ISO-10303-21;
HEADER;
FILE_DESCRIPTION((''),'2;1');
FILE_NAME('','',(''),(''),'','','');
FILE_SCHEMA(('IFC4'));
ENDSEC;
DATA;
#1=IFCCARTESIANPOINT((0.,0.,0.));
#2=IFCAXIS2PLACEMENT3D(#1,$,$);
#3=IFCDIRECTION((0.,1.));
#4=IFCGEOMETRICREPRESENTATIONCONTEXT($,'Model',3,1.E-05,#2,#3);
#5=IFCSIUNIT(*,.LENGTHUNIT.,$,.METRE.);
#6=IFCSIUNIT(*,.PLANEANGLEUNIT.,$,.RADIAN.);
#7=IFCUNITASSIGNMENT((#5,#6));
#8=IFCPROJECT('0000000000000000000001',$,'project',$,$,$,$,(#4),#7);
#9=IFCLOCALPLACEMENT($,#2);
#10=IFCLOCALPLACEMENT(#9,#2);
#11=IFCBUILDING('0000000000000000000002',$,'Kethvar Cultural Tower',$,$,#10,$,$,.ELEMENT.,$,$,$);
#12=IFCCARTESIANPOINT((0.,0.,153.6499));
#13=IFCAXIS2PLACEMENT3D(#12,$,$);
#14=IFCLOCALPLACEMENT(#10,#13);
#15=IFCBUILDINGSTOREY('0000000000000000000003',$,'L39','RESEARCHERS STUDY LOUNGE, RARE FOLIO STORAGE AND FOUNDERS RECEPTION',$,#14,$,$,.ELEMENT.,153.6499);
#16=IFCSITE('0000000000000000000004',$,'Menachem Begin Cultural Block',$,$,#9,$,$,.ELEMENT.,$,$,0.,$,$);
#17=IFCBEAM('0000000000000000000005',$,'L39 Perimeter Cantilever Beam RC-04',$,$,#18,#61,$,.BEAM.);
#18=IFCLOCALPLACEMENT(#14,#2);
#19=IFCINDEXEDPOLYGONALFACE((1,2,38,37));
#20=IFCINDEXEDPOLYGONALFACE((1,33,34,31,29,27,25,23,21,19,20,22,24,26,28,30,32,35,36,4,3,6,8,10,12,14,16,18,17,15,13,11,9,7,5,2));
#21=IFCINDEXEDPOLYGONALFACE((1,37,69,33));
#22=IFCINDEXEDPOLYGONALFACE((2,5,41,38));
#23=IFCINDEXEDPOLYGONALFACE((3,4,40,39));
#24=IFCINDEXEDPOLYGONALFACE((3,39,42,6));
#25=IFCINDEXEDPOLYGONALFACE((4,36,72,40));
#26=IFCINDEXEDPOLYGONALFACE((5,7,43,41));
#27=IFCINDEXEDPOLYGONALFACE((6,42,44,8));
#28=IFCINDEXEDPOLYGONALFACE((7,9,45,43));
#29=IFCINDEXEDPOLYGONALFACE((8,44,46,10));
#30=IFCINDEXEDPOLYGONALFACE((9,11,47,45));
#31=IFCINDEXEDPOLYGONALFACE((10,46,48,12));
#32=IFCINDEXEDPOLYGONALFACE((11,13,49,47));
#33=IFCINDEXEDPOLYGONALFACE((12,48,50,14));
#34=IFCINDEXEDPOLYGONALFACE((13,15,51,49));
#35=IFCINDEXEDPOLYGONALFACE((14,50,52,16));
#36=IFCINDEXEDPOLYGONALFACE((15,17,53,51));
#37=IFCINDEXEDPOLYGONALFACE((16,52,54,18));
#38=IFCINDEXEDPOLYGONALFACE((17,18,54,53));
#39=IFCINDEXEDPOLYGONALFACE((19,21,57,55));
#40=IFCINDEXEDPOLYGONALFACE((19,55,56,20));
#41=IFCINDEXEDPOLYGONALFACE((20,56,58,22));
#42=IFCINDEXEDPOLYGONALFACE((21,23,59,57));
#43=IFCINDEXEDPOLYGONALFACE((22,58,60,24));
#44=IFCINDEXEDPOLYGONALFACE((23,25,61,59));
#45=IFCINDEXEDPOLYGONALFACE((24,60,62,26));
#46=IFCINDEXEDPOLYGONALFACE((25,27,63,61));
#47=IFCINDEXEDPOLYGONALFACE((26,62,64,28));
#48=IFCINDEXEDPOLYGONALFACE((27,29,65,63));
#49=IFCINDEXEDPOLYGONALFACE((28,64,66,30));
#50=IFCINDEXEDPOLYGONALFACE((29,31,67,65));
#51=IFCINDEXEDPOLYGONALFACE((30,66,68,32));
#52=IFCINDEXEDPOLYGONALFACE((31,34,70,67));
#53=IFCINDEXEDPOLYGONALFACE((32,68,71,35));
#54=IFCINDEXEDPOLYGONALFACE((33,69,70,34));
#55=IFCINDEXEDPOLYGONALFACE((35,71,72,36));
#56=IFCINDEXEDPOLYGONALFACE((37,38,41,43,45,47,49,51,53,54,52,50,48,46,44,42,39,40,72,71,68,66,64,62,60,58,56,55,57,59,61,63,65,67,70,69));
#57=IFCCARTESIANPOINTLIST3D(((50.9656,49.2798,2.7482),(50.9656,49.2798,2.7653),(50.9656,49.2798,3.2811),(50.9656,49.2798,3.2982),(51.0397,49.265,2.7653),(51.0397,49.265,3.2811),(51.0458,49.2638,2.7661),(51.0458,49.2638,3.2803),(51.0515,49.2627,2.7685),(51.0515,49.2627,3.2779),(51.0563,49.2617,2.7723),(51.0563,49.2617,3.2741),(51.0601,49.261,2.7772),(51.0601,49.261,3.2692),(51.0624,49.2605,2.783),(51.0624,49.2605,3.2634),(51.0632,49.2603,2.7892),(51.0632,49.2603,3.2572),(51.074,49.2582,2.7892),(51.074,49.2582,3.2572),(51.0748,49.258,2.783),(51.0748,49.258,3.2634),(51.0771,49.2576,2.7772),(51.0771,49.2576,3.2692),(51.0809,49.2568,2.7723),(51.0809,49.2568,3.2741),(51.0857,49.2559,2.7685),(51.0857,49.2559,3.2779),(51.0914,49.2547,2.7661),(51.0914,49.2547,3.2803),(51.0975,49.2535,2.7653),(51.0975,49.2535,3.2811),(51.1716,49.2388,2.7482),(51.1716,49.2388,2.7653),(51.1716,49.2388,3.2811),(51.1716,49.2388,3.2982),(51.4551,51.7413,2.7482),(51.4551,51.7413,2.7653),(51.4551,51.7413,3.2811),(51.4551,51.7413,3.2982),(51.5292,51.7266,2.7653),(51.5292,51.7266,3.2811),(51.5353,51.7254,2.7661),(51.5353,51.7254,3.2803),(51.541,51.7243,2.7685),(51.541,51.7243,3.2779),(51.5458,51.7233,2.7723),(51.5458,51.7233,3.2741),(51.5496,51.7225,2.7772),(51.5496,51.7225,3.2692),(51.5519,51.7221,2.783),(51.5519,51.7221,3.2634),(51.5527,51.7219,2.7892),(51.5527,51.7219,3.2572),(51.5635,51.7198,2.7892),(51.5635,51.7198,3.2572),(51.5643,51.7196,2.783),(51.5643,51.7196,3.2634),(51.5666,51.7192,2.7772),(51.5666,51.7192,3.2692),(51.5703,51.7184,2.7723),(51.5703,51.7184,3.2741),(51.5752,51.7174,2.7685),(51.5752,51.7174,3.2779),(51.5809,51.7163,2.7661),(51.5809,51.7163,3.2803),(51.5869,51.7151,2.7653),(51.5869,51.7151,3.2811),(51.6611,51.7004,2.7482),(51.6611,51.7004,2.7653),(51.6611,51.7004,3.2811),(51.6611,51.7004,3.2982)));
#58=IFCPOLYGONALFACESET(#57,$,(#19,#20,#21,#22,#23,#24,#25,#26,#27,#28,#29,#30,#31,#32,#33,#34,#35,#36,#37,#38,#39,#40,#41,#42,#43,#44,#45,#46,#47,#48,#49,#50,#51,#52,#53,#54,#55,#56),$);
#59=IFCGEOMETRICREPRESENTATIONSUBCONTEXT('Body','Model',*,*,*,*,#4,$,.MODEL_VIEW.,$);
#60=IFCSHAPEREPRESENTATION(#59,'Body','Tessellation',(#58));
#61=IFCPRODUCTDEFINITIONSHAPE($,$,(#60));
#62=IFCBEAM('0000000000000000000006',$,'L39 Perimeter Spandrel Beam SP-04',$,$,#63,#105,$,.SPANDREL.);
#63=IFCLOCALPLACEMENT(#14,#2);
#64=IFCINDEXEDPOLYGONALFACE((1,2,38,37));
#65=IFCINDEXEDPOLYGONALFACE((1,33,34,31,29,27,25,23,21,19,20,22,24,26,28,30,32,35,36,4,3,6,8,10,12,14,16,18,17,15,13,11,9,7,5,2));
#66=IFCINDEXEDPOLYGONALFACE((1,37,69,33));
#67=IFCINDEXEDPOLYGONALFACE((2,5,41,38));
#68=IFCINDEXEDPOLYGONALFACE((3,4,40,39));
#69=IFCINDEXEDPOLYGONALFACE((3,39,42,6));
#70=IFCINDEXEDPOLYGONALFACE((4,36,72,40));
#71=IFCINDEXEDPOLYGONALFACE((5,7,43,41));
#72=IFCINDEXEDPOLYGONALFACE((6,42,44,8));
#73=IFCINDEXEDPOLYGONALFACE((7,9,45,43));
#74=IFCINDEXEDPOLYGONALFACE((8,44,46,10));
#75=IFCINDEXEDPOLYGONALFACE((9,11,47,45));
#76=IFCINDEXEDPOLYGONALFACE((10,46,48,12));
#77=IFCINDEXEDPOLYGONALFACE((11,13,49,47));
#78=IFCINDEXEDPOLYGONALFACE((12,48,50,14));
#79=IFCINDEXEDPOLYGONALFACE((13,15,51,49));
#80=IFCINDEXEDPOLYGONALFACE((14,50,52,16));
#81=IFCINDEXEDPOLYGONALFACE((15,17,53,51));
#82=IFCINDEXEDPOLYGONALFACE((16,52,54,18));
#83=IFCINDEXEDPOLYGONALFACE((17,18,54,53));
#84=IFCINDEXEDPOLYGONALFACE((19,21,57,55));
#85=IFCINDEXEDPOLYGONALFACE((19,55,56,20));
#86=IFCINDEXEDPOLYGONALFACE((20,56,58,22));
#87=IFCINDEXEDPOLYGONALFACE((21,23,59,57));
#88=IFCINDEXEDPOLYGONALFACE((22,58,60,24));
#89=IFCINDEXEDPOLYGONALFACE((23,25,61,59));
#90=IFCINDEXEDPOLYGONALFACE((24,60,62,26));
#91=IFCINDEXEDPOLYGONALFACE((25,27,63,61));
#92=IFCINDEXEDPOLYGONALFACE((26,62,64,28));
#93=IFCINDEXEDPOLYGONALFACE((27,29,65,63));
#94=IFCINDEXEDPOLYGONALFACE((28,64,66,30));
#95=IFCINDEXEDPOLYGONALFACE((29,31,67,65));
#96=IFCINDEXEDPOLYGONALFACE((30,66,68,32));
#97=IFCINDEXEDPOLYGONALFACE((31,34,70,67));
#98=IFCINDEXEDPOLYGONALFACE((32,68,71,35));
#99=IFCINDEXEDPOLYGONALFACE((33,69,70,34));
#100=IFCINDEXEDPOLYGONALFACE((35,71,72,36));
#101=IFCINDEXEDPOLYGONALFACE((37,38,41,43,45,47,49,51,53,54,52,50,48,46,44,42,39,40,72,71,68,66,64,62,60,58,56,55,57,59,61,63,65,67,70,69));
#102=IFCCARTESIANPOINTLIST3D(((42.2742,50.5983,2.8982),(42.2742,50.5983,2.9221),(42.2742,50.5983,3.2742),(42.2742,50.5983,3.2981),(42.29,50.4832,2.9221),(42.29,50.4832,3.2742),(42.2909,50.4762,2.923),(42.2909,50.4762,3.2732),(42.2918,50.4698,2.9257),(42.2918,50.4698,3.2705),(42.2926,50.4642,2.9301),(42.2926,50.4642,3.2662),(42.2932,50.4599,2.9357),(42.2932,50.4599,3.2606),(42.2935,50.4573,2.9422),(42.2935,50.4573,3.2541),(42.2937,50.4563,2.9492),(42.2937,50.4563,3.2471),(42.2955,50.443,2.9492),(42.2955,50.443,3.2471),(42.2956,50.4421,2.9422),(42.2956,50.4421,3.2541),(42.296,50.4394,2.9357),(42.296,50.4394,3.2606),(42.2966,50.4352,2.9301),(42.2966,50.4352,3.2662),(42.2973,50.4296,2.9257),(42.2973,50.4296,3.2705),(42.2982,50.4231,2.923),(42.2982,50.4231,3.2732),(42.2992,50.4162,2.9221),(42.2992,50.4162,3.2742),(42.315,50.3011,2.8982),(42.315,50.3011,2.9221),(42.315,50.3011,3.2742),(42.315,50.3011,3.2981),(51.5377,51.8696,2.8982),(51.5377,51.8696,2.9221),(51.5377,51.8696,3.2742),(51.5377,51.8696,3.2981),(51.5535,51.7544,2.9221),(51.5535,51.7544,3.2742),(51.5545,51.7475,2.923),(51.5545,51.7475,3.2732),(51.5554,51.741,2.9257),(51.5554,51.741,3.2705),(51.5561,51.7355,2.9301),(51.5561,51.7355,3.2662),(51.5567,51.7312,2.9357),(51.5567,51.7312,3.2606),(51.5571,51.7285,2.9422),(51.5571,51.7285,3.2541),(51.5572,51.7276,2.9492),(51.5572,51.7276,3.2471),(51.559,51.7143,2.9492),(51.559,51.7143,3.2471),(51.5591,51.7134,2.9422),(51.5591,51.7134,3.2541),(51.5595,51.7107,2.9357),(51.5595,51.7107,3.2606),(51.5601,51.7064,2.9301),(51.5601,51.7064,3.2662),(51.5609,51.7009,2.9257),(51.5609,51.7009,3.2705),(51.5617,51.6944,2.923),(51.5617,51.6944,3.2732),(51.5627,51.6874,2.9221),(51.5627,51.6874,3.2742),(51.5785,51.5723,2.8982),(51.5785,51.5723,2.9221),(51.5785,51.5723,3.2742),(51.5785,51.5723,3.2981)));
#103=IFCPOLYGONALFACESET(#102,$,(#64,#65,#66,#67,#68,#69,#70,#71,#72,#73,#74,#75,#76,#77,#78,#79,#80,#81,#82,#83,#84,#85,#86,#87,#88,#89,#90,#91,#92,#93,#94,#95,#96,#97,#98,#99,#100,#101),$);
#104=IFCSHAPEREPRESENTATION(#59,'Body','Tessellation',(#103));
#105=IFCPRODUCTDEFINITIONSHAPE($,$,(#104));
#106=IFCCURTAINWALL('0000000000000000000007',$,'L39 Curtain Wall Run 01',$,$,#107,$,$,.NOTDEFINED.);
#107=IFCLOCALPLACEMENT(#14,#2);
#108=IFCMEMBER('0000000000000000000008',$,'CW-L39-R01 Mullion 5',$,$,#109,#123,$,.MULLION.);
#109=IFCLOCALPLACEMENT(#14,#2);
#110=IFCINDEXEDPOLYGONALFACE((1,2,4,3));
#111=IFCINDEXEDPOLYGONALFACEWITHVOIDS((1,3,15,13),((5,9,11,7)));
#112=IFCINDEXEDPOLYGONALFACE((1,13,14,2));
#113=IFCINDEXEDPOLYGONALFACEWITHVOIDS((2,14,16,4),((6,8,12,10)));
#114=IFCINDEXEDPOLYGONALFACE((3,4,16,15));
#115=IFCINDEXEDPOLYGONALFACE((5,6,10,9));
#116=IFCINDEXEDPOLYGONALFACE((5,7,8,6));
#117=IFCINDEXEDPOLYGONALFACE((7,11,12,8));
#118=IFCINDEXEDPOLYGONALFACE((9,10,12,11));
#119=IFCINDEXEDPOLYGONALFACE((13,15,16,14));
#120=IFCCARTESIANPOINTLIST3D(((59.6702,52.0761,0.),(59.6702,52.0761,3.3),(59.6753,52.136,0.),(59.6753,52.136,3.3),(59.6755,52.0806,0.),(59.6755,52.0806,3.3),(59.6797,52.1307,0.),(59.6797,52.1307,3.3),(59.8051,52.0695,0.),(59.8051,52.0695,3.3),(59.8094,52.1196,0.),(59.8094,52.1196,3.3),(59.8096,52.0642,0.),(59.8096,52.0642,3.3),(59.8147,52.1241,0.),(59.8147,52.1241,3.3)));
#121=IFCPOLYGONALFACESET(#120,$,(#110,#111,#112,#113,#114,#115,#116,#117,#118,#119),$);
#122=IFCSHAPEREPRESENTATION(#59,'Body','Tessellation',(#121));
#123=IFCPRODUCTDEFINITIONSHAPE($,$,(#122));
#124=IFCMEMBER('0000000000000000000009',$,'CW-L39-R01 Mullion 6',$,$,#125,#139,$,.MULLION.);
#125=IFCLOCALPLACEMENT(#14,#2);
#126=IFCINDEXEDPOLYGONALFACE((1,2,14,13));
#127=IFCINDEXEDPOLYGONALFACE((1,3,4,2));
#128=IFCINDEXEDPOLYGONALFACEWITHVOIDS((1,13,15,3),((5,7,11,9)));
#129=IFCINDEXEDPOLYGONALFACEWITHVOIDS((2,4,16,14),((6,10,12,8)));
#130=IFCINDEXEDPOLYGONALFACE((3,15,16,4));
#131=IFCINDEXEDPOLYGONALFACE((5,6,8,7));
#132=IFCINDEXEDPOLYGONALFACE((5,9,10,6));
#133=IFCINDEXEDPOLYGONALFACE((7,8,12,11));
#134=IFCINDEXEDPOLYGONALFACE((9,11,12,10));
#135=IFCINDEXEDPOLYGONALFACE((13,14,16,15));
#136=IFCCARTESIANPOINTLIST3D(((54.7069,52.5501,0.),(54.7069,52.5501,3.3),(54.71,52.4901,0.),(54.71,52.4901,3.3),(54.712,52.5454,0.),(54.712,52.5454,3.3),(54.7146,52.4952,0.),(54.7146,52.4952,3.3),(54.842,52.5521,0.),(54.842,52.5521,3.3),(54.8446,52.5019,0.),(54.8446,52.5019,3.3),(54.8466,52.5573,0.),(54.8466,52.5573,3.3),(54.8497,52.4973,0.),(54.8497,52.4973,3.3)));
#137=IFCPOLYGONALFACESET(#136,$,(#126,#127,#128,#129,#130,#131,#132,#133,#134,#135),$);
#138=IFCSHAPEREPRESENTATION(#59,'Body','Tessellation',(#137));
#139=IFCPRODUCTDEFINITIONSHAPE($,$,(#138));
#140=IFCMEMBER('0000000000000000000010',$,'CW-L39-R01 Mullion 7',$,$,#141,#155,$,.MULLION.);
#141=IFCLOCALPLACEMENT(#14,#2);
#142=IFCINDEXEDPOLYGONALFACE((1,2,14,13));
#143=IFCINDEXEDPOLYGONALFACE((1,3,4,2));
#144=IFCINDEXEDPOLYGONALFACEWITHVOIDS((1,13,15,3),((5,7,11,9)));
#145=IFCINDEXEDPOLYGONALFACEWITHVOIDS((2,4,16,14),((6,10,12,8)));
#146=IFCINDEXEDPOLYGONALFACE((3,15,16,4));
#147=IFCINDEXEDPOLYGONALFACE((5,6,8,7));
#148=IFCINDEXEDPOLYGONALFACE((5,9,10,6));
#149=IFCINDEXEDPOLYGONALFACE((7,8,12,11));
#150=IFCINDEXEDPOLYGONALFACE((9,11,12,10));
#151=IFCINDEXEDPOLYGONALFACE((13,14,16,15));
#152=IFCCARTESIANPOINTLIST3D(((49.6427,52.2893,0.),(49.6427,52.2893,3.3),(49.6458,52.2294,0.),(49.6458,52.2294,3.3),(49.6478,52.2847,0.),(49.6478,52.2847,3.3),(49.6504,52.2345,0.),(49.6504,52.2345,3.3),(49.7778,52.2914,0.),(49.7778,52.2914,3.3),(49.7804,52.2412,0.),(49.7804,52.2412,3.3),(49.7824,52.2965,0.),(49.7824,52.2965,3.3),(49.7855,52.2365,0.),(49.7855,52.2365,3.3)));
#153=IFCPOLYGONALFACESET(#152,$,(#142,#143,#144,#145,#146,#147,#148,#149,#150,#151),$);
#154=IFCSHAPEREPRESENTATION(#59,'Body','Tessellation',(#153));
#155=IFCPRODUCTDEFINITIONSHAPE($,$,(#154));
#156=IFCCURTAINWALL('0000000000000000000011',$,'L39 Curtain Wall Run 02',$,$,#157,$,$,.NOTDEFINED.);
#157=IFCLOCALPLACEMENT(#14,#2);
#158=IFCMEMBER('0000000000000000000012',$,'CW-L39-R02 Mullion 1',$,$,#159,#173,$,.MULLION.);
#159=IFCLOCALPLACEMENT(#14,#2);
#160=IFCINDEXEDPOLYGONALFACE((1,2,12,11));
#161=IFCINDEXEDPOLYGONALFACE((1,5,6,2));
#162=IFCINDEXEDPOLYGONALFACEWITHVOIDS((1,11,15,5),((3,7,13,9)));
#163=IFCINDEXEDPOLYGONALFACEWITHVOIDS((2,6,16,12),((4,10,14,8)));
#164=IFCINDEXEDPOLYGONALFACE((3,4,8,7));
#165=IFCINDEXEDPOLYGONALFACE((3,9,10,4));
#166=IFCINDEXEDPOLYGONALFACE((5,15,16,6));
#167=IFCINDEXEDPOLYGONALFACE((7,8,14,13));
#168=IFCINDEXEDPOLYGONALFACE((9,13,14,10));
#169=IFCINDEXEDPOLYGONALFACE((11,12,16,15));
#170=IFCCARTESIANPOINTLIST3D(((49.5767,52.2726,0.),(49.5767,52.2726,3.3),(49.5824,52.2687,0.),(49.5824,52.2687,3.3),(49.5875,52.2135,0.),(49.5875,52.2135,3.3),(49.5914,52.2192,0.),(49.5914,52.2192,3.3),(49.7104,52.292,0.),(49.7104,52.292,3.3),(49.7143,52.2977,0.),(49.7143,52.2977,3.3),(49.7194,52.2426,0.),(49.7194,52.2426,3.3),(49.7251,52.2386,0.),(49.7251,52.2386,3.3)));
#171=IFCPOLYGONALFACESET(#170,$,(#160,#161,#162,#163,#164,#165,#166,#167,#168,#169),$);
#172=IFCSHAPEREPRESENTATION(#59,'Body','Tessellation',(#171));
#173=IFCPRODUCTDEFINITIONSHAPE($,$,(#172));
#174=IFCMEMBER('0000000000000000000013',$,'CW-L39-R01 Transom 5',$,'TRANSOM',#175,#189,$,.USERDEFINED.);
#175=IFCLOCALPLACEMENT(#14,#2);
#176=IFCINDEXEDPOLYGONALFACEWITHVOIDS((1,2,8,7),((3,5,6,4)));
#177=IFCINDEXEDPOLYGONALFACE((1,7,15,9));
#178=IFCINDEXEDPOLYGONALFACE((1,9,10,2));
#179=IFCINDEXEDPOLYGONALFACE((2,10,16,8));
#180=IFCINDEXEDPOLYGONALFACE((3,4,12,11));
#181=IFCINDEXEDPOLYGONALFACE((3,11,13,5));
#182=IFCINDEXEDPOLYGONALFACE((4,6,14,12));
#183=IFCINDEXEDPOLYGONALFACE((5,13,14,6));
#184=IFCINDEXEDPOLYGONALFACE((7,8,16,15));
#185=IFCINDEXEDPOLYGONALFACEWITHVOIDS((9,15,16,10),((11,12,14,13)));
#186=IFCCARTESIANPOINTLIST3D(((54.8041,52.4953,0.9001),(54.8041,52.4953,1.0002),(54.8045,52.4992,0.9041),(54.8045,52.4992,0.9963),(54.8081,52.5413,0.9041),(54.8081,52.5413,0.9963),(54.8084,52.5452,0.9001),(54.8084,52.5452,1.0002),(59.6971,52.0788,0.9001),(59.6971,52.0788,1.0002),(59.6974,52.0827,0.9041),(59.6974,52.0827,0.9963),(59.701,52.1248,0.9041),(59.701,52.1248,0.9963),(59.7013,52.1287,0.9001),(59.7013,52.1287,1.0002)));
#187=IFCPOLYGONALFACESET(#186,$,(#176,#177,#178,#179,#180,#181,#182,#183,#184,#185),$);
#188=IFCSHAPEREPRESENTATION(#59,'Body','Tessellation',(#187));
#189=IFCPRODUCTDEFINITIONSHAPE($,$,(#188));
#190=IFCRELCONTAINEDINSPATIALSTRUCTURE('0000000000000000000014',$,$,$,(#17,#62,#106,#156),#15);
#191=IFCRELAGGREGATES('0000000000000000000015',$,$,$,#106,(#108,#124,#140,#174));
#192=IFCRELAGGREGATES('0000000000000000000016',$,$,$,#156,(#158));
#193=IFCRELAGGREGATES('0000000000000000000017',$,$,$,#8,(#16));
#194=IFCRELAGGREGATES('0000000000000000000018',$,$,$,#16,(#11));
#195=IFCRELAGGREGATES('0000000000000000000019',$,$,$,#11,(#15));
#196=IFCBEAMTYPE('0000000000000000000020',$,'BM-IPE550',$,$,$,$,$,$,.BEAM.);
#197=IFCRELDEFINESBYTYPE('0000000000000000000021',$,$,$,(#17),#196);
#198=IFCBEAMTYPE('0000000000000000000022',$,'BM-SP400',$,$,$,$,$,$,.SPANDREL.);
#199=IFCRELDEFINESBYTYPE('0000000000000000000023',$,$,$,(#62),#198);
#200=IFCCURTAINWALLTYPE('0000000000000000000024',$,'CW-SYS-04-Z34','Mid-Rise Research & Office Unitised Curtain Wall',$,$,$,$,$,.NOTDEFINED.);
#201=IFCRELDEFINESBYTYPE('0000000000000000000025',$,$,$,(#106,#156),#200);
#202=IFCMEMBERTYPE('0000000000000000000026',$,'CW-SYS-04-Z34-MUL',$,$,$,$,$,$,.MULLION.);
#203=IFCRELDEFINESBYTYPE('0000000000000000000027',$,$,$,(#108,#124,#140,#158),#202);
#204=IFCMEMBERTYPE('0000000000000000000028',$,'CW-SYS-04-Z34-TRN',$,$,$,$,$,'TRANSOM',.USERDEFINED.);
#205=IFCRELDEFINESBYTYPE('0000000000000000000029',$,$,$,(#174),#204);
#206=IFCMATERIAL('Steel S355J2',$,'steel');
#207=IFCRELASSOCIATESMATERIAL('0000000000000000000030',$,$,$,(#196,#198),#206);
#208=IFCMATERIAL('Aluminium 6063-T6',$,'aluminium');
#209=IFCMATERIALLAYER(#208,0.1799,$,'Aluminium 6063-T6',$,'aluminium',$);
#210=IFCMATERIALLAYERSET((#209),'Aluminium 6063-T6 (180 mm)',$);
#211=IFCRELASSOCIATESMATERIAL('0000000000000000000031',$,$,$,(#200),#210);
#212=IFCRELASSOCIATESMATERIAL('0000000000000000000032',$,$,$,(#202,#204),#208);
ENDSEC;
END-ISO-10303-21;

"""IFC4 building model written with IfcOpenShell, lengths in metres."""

from ifc_helpers import new_model, si_unit, direction, frame, origin, origin_2d, place, context, subcontext, project, spatial, hollow_rectangle, i_section, extrude, source, transform, mapped, material, layer, layer_set, material_profile, profile_set, type_object, element, aggregate, save


model = new_model("IFC4")

# Units and contexts
model_context = context("Model", 3, precision=1e-05, world=origin(), true_north=direction((0.0, 1.0)))
body_context = subcontext(model_context, "Body", "Model", "MODEL_VIEW")
ifc_project = project(units=[si_unit("LENGTHUNIT", "METRE"), si_unit("PLANEANGLEUNIT", "RADIAN")], contexts=[model_context])

# Site, building, storey
site_placement = place(None, origin())
site = spatial("IfcSite", under=ifc_project, at=site_placement, Name="Menachem Begin Cultural Block", CompositionType="ELEMENT", RefElevation=0.0)
building_placement = place(site_placement, origin())
building = spatial("IfcBuilding", under=site, at=building_placement, Name="Kethvar Cultural Tower", CompositionType="ELEMENT")
storey_placement = place(building_placement, frame((0.0, 0.0, 153.6499)))
storey = spatial("IfcBuildingStorey", under=building, at=storey_placement, Name="L39", Description="RESEARCHERS STUDY LOUNGE, RARE FOLIO STORAGE AND FOUNDERS RECEPTION", CompositionType="ELEMENT", Elevation=153.6499)

# Beams
ifc_material_1 = material(Name="Steel S355J2", Category="steel")
ifc_material_profile_1 = material_profile(ifc_material_1, i_section(OverallWidth=0.21, OverallDepth=0.55, WebThickness=0.011, FlangeThickness=0.0171, FilletRadius=0.0239, at=origin_2d()), Name="Steel S355J2 — IPE550")
ifc_profile_set_1 = profile_set([ifc_material_profile_1], Name="Steel S355J2 — IPE550")
beam_type_1 = type_object("IfcBeamType", Name="BM-IPE550", PredefinedType="BEAM", material=ifc_profile_set_1)
shared_shape_1 = source(origin(), body_context, "Body", "SweptSolid", [
    extrude(i_section(OverallWidth=0.21, OverallDepth=0.55, WebThickness=0.011, FlangeThickness=0.0171, FilletRadius=0.0239, at=origin_2d()), origin(), (0.0, 0.0, 1.0), 2.5098),
])
beam_1_placement = place(storey_placement, frame((51.0686, 49.2593, 3.0232), z_axis=(0.195031, 0.980797, 0.0), x_axis=(-0.980797, 0.195031, 0.0)))
element("IfcBeam", 1, at=beam_1_placement, inside=storey, type_object=beam_type_1, Name="L39 Perimeter Cantilever Beam RC-04", PredefinedType="BEAM", context=body_context, shape_type="MappedRepresentation", body=[
    mapped(shared_shape_1, transform((0.0, 0.0, 0.0), scale=1.0)),
])
ifc_material_profile_2 = material_profile(ifc_material_1, i_section(OverallWidth=0.3, OverallDepth=0.3999, WebThickness=0.0134, FlangeThickness=0.0239, FilletRadius=0.0271, at=origin_2d()), Name="Steel S355J2 — HEB400")
ifc_profile_set_2 = profile_set([ifc_material_profile_2], Name="Steel S355J2 — HEB400")
beam_type_2 = type_object("IfcBeamType", Name="BM-SP400", PredefinedType="SPANDREL", material=ifc_profile_set_2)
shared_shape_2 = source(origin(), body_context, "Body", "SweptSolid", [
    extrude(i_section(OverallWidth=0.3, OverallDepth=0.3999, WebThickness=0.0134, FlangeThickness=0.0239, FilletRadius=0.0271, at=origin_2d()), origin(), (0.0, 0.0, 1.0), 9.3503),
])
beam_2_placement = place(storey_placement, frame((51.5581, 51.7209, 3.0981), z_axis=(-0.990715, -0.135958, 0.0), x_axis=(0.135958, -0.990715, 0.0)))
element("IfcBeam", 2, at=beam_2_placement, inside=storey, type_object=beam_type_2, Name="L39 Perimeter Spandrel Beam SP-04", PredefinedType="SPANDREL", context=body_context, shape_type="MappedRepresentation", body=[
    mapped(shared_shape_2, transform((0.0, 0.0, 0.0), scale=1.0)),
])

# Curtain wall, members
ifc_material_2 = material(Name="Aluminium 6063-T6", Category="aluminium")
ifc_layer_1 = layer(ifc_material_2, 0.1799, Name="Aluminium 6063-T6", Category="aluminium")
ifc_layer_set_1 = layer_set([ifc_layer_1], Name="Aluminium 6063-T6 (180 mm)")
curtain_wall_type = type_object("IfcCurtainWallType", Name="CW-SYS-04-Z34", Description="Mid-Rise Research & Office Unitised Curtain Wall", PredefinedType="NOTDEFINED", material=ifc_layer_set_1)
curtain_wall_1_placement = place(storey_placement, origin())
curtain_wall_1 = element("IfcCurtainWall", 3, at=curtain_wall_1_placement, inside=storey, type_object=curtain_wall_type, Name="L39 Curtain Wall Run 01", PredefinedType="NOTDEFINED")
ifc_material_profile_3 = material_profile(ifc_material_2, hollow_rectangle(XDim=0.0601, YDim=0.1399, WallThickness=0.0049, at=origin_2d()), Name="Aluminium 6063-T6 — RHS140x60x5")
ifc_profile_set_3 = profile_set([ifc_material_profile_3], Name="Aluminium 6063-T6 — RHS140x60x5")
member_type_1 = type_object("IfcMemberType", Name="CW-SYS-04-Z34-MUL", PredefinedType="MULLION", material=ifc_profile_set_3)
shared_shape_3 = source(origin(), body_context, "Body", "SweptSolid", [
    extrude(hollow_rectangle(XDim=0.0601, YDim=0.1399, WallThickness=0.0049, at=origin_2d()), origin(), (0.0, 0.0, 1.0), 3.3),
])
member_1_placement = place(storey_placement, frame((59.7424, 52.1001, 0.0), z_axis=(0.0, 0.0, 1.0), x_axis=(-0.084826, -0.996396, 0.0)))
member_1 = element("IfcMember", 4, at=member_1_placement, type_object=member_type_1, Name="CW-L39-R01 Mullion 5", PredefinedType="MULLION", context=body_context, shape_type="MappedRepresentation", body=[
    mapped(shared_shape_3, transform((0.0, 0.0, 0.0), scale=1.0)),
])
member_2_placement = place(storey_placement, frame((54.7783, 52.5237, 0.0), z_axis=(0.0, 0.0, 1.0), x_axis=(0.051447, -0.998676, 0.0)))
member_2 = element("IfcMember", 5, at=member_2_placement, type_object=member_type_1, Name="CW-L39-R01 Mullion 6", PredefinedType="MULLION", context=body_context, shape_type="MappedRepresentation", body=[
    mapped(shared_shape_3, transform((0.0, 0.0, 0.0), scale=1.0)),
])
member_3_placement = place(storey_placement, frame((49.7141, 52.2629, 0.0), z_axis=(0.0, 0.0, 1.0), x_axis=(0.051447, -0.998676, 0.0)))
member_3 = element("IfcMember", 6, at=member_3_placement, type_object=member_type_1, Name="CW-L39-R01 Mullion 7", PredefinedType="MULLION", context=body_context, shape_type="MappedRepresentation", body=[
    mapped(shared_shape_3, transform((0.0, 0.0, 0.0), scale=1.0)),
])

# Curtain wall, member
curtain_wall_2_placement = place(storey_placement, origin())
curtain_wall_2 = element("IfcCurtainWall", 7, at=curtain_wall_2_placement, inside=storey, type_object=curtain_wall_type, Name="L39 Curtain Wall Run 02", PredefinedType="NOTDEFINED")
member_4_placement = place(storey_placement, frame((49.6509, 52.2556, 0.0), z_axis=(0.0, 0.0, 1.0), x_axis=(0.179523, -0.983754, 0.0)))
member_4 = element("IfcMember", 8, at=member_4_placement, type_object=member_type_1, Name="CW-L39-R02 Mullion 1", PredefinedType="MULLION", context=body_context, shape_type="MappedRepresentation", body=[
    mapped(shared_shape_3, transform((0.0, 0.0, 0.0), scale=1.0)),
])

# Member
ifc_material_profile_4 = material_profile(ifc_material_2, hollow_rectangle(XDim=0.05, YDim=0.1001, WallThickness=0.0039, at=origin_2d()), Name="Aluminium 6063-T6 — RHS100x50x4")
ifc_profile_set_4 = profile_set([ifc_material_profile_4], Name="Aluminium 6063-T6 — RHS100x50x4")
member_type_2 = type_object("IfcMemberType", Name="CW-SYS-04-Z34-TRN", ElementType="TRANSOM", PredefinedType="USERDEFINED", material=ifc_profile_set_4)
shared_shape_4 = source(origin(), body_context, "Body", "SweptSolid", [
    extrude(hollow_rectangle(XDim=0.05, YDim=0.1001, WallThickness=0.0039, at=origin_2d()), origin(), (0.0, 0.0, 1.0), 4.9106),
])
member_5_placement = place(storey_placement, frame((59.6992, 52.1038, 0.9502), z_axis=(-0.996397, 0.084815, 0.0), x_axis=(-0.084815, -0.996397, 0.0)))
member_5 = element("IfcMember", 9, at=member_5_placement, type_object=member_type_2, Name="CW-L39-R01 Transom 5", ObjectType="TRANSOM", PredefinedType="USERDEFINED", context=body_context, shape_type="MappedRepresentation", body=[
    mapped(shared_shape_4, transform((0.0, 0.0, 0.0), scale=1.0)),
])

aggregate(curtain_wall_1, [member_1, member_2, member_3, member_5])
aggregate(curtain_wall_2, [member_4])

save(model, "model.ifc")
